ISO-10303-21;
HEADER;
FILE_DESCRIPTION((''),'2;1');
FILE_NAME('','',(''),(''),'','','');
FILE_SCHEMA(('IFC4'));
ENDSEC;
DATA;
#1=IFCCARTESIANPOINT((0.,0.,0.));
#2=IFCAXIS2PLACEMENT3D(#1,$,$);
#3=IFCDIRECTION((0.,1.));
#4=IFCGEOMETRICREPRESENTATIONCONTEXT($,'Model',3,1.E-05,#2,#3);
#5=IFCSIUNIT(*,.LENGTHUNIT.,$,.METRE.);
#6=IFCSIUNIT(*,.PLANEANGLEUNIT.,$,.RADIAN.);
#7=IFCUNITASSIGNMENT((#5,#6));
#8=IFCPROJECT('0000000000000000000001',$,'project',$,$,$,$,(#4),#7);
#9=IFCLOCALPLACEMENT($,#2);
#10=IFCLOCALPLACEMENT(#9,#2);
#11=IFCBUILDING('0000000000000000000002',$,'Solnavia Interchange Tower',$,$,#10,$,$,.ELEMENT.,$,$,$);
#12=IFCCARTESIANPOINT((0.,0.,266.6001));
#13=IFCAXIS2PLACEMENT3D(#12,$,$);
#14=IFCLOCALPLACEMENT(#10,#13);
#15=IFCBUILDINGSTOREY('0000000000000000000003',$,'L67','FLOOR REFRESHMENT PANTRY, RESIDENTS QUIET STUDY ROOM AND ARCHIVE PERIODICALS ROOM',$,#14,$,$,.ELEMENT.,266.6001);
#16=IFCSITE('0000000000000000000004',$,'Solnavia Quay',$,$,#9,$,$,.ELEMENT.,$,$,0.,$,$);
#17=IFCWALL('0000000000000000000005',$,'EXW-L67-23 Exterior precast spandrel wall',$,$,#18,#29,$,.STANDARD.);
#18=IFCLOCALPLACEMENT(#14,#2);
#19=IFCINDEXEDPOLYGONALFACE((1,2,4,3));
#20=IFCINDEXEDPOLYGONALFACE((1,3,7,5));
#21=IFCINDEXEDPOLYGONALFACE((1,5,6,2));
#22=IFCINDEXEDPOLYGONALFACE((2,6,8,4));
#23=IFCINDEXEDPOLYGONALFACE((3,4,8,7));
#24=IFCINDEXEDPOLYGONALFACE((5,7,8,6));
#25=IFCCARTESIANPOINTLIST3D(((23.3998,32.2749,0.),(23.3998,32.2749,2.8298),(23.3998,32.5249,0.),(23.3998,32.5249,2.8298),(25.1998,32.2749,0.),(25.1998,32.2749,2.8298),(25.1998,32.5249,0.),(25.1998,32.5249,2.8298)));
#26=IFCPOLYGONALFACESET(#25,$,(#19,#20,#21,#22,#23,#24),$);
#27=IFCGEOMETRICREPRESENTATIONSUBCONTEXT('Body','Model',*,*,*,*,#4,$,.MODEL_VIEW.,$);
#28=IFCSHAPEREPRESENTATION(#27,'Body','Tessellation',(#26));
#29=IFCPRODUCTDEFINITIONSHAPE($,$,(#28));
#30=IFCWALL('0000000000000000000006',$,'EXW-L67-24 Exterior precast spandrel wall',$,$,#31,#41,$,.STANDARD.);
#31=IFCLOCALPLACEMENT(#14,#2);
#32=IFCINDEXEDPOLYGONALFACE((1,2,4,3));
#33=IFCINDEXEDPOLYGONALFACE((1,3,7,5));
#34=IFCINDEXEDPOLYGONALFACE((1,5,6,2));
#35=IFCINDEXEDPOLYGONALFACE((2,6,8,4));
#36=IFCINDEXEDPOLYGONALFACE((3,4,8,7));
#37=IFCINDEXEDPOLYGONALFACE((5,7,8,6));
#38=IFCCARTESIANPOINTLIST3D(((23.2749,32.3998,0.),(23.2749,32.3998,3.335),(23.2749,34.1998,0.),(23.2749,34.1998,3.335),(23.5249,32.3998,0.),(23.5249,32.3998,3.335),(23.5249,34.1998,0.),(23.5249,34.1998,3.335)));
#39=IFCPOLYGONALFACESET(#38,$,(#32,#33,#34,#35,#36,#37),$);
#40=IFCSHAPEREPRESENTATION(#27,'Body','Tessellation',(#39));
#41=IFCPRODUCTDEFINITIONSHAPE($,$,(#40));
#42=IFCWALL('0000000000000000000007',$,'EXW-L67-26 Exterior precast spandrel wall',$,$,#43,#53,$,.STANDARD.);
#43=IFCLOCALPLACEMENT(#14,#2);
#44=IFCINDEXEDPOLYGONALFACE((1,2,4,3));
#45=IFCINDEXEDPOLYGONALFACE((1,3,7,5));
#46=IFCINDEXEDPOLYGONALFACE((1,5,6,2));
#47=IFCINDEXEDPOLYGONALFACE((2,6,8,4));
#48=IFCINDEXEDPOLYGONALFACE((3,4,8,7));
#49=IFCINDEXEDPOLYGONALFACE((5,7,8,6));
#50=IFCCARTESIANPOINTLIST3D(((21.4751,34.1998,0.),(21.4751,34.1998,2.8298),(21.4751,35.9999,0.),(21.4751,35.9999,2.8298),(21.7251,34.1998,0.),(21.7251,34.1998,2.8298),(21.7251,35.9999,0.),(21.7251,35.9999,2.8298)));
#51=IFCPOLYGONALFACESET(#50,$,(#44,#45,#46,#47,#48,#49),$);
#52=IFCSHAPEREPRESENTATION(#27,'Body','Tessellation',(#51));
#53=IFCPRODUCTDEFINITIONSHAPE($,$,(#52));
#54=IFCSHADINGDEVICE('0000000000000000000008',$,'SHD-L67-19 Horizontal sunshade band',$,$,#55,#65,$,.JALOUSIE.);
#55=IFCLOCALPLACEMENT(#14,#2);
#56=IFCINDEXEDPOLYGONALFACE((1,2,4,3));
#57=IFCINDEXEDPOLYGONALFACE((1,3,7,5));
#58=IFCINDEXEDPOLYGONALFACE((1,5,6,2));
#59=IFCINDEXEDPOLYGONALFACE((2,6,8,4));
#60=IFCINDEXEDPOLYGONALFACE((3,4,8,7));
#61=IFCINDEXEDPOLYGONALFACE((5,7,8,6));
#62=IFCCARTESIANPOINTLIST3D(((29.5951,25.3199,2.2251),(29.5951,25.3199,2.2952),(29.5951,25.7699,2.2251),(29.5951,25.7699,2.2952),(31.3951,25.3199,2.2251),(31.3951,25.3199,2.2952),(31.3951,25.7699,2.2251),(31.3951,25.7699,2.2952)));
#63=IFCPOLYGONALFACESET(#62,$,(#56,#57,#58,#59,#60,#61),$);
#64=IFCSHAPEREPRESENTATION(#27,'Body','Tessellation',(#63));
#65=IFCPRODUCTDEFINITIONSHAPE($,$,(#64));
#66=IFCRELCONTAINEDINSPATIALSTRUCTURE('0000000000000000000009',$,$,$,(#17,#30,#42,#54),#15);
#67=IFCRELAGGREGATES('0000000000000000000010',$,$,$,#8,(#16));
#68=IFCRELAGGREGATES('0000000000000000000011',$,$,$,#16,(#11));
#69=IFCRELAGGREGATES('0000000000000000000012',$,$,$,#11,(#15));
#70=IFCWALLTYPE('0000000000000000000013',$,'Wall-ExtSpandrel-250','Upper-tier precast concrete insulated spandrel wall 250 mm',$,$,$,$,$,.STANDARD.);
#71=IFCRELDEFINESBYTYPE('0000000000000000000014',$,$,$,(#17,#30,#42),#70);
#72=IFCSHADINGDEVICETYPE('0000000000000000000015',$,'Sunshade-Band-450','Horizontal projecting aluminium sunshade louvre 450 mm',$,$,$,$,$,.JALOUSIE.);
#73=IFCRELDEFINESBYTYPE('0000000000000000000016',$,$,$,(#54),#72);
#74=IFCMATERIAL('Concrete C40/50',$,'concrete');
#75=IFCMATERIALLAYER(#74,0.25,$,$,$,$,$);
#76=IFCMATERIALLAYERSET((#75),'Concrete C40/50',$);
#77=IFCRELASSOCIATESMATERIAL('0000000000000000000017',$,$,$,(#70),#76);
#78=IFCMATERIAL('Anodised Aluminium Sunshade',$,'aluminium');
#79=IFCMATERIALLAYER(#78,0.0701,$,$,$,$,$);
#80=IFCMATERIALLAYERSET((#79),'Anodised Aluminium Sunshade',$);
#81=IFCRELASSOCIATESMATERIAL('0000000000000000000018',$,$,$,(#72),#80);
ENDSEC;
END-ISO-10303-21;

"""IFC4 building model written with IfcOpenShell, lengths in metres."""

from ifc_helpers import new_model, si_unit, direction, frame, frame_2d, origin, origin_2d, place, context, subcontext, project, spatial, rectangle, extrude, material, layer, layer_set, type_object, element, save


model = new_model("IFC4")

# Units and contexts
model_context = context("Model", 3, precision=1e-05, world=origin(), true_north=direction((0.0, 1.0)))
body_context = subcontext(model_context, "Body", "Model", "MODEL_VIEW")
ifc_project = project(units=[si_unit("LENGTHUNIT", "METRE"), si_unit("PLANEANGLEUNIT", "RADIAN")], contexts=[model_context])

# Site, building, storey
site_placement = place(None, origin())
site = spatial("IfcSite", under=ifc_project, at=site_placement, Name="Solnavia Quay", CompositionType="ELEMENT", RefElevation=0.0)
building_placement = place(site_placement, origin())
building = spatial("IfcBuilding", under=site, at=building_placement, Name="Solnavia Interchange Tower", CompositionType="ELEMENT")
storey_placement = place(building_placement, frame((0.0, 0.0, 266.6001)))
storey = spatial("IfcBuildingStorey", under=building, at=storey_placement, Name="L67", Description="FLOOR REFRESHMENT PANTRY, RESIDENTS QUIET STUDY ROOM AND ARCHIVE PERIODICALS ROOM", CompositionType="ELEMENT", Elevation=266.6001)

# Shared definitions
ifc_material_1 = material(Name="Concrete C40/50", Category="concrete")
ifc_layer_1 = layer(ifc_material_1, 0.25)
ifc_layer_set_1 = layer_set([ifc_layer_1], Name="Concrete C40/50")
wall_type = type_object("IfcWallType", Name="Wall-ExtSpandrel-250", Description="Upper-tier precast concrete insulated spandrel wall 250 mm", PredefinedType="STANDARD", material=ifc_layer_set_1)

# Walls
wall_1_placement = place(storey_placement, frame((23.3999, 32.3999, 0.0), z_axis=(0.0, 0.0, 1.0), x_axis=(1.0, 0.0, 0.0)))
element("IfcWall", 1, at=wall_1_placement, inside=storey, type_object=wall_type, Name="EXW-L67-23 Exterior precast spandrel wall", PredefinedType="STANDARD", context=body_context, shape_type="SweptSolid", body=[
    extrude(rectangle(XDim=1.8, YDim=0.25, at=frame_2d((0.8999, 0.0))), origin(), (0.0, 0.0, 1.0), 2.8298),
])
wall_2_placement = place(storey_placement, frame((23.3999, 32.3999, 0.0), z_axis=(0.0, 0.0, 1.0), x_axis=(0.0, 1.0, 0.0)))
element("IfcWall", 2, at=wall_2_placement, inside=storey, type_object=wall_type, Name="EXW-L67-24 Exterior precast spandrel wall", PredefinedType="STANDARD", context=body_context, shape_type="SweptSolid", body=[
    extrude(rectangle(XDim=1.8, YDim=0.25, at=frame_2d((0.8999, 0.0))), origin(), (0.0, 0.0, 1.0), 3.335),
])
wall_3_placement = place(storey_placement, frame((21.6001, 34.2, 0.0), z_axis=(0.0, 0.0, 1.0), x_axis=(0.0, 1.0, 0.0)))
element("IfcWall", 3, at=wall_3_placement, inside=storey, type_object=wall_type, Name="EXW-L67-26 Exterior precast spandrel wall", PredefinedType="STANDARD", context=body_context, shape_type="SweptSolid", body=[
    extrude(rectangle(XDim=1.8, YDim=0.25, at=frame_2d((0.8999, 0.0))), origin(), (0.0, 0.0, 1.0), 2.8298),
])

# Shading device
ifc_material_2 = material(Name="Anodised Aluminium Sunshade", Category="aluminium")
ifc_layer_2 = layer(ifc_material_2, 0.0701)
ifc_layer_set_2 = layer_set([ifc_layer_2], Name="Anodised Aluminium Sunshade")
shading_device_type = type_object("IfcShadingDeviceType", Name="Sunshade-Band-450", Description="Horizontal projecting aluminium sunshade louvre 450 mm", PredefinedType="JALOUSIE", material=ifc_layer_set_2)
shading_device_placement = place(storey_placement, frame((30.4951, 25.5449, 2.2251), z_axis=(0.0, 0.0, 1.0), x_axis=(1.0, 0.0, 0.0)))
element("IfcShadingDevice", 4, at=shading_device_placement, inside=storey, type_object=shading_device_type, Name="SHD-L67-19 Horizontal sunshade band", PredefinedType="JALOUSIE", context=body_context, shape_type="SweptSolid", body=[
    extrude(rectangle(XDim=1.8, YDim=0.45, at=origin_2d()), origin(), (0.0, 0.0, 1.0), 0.0701),
])

save(model, "model.ifc")
